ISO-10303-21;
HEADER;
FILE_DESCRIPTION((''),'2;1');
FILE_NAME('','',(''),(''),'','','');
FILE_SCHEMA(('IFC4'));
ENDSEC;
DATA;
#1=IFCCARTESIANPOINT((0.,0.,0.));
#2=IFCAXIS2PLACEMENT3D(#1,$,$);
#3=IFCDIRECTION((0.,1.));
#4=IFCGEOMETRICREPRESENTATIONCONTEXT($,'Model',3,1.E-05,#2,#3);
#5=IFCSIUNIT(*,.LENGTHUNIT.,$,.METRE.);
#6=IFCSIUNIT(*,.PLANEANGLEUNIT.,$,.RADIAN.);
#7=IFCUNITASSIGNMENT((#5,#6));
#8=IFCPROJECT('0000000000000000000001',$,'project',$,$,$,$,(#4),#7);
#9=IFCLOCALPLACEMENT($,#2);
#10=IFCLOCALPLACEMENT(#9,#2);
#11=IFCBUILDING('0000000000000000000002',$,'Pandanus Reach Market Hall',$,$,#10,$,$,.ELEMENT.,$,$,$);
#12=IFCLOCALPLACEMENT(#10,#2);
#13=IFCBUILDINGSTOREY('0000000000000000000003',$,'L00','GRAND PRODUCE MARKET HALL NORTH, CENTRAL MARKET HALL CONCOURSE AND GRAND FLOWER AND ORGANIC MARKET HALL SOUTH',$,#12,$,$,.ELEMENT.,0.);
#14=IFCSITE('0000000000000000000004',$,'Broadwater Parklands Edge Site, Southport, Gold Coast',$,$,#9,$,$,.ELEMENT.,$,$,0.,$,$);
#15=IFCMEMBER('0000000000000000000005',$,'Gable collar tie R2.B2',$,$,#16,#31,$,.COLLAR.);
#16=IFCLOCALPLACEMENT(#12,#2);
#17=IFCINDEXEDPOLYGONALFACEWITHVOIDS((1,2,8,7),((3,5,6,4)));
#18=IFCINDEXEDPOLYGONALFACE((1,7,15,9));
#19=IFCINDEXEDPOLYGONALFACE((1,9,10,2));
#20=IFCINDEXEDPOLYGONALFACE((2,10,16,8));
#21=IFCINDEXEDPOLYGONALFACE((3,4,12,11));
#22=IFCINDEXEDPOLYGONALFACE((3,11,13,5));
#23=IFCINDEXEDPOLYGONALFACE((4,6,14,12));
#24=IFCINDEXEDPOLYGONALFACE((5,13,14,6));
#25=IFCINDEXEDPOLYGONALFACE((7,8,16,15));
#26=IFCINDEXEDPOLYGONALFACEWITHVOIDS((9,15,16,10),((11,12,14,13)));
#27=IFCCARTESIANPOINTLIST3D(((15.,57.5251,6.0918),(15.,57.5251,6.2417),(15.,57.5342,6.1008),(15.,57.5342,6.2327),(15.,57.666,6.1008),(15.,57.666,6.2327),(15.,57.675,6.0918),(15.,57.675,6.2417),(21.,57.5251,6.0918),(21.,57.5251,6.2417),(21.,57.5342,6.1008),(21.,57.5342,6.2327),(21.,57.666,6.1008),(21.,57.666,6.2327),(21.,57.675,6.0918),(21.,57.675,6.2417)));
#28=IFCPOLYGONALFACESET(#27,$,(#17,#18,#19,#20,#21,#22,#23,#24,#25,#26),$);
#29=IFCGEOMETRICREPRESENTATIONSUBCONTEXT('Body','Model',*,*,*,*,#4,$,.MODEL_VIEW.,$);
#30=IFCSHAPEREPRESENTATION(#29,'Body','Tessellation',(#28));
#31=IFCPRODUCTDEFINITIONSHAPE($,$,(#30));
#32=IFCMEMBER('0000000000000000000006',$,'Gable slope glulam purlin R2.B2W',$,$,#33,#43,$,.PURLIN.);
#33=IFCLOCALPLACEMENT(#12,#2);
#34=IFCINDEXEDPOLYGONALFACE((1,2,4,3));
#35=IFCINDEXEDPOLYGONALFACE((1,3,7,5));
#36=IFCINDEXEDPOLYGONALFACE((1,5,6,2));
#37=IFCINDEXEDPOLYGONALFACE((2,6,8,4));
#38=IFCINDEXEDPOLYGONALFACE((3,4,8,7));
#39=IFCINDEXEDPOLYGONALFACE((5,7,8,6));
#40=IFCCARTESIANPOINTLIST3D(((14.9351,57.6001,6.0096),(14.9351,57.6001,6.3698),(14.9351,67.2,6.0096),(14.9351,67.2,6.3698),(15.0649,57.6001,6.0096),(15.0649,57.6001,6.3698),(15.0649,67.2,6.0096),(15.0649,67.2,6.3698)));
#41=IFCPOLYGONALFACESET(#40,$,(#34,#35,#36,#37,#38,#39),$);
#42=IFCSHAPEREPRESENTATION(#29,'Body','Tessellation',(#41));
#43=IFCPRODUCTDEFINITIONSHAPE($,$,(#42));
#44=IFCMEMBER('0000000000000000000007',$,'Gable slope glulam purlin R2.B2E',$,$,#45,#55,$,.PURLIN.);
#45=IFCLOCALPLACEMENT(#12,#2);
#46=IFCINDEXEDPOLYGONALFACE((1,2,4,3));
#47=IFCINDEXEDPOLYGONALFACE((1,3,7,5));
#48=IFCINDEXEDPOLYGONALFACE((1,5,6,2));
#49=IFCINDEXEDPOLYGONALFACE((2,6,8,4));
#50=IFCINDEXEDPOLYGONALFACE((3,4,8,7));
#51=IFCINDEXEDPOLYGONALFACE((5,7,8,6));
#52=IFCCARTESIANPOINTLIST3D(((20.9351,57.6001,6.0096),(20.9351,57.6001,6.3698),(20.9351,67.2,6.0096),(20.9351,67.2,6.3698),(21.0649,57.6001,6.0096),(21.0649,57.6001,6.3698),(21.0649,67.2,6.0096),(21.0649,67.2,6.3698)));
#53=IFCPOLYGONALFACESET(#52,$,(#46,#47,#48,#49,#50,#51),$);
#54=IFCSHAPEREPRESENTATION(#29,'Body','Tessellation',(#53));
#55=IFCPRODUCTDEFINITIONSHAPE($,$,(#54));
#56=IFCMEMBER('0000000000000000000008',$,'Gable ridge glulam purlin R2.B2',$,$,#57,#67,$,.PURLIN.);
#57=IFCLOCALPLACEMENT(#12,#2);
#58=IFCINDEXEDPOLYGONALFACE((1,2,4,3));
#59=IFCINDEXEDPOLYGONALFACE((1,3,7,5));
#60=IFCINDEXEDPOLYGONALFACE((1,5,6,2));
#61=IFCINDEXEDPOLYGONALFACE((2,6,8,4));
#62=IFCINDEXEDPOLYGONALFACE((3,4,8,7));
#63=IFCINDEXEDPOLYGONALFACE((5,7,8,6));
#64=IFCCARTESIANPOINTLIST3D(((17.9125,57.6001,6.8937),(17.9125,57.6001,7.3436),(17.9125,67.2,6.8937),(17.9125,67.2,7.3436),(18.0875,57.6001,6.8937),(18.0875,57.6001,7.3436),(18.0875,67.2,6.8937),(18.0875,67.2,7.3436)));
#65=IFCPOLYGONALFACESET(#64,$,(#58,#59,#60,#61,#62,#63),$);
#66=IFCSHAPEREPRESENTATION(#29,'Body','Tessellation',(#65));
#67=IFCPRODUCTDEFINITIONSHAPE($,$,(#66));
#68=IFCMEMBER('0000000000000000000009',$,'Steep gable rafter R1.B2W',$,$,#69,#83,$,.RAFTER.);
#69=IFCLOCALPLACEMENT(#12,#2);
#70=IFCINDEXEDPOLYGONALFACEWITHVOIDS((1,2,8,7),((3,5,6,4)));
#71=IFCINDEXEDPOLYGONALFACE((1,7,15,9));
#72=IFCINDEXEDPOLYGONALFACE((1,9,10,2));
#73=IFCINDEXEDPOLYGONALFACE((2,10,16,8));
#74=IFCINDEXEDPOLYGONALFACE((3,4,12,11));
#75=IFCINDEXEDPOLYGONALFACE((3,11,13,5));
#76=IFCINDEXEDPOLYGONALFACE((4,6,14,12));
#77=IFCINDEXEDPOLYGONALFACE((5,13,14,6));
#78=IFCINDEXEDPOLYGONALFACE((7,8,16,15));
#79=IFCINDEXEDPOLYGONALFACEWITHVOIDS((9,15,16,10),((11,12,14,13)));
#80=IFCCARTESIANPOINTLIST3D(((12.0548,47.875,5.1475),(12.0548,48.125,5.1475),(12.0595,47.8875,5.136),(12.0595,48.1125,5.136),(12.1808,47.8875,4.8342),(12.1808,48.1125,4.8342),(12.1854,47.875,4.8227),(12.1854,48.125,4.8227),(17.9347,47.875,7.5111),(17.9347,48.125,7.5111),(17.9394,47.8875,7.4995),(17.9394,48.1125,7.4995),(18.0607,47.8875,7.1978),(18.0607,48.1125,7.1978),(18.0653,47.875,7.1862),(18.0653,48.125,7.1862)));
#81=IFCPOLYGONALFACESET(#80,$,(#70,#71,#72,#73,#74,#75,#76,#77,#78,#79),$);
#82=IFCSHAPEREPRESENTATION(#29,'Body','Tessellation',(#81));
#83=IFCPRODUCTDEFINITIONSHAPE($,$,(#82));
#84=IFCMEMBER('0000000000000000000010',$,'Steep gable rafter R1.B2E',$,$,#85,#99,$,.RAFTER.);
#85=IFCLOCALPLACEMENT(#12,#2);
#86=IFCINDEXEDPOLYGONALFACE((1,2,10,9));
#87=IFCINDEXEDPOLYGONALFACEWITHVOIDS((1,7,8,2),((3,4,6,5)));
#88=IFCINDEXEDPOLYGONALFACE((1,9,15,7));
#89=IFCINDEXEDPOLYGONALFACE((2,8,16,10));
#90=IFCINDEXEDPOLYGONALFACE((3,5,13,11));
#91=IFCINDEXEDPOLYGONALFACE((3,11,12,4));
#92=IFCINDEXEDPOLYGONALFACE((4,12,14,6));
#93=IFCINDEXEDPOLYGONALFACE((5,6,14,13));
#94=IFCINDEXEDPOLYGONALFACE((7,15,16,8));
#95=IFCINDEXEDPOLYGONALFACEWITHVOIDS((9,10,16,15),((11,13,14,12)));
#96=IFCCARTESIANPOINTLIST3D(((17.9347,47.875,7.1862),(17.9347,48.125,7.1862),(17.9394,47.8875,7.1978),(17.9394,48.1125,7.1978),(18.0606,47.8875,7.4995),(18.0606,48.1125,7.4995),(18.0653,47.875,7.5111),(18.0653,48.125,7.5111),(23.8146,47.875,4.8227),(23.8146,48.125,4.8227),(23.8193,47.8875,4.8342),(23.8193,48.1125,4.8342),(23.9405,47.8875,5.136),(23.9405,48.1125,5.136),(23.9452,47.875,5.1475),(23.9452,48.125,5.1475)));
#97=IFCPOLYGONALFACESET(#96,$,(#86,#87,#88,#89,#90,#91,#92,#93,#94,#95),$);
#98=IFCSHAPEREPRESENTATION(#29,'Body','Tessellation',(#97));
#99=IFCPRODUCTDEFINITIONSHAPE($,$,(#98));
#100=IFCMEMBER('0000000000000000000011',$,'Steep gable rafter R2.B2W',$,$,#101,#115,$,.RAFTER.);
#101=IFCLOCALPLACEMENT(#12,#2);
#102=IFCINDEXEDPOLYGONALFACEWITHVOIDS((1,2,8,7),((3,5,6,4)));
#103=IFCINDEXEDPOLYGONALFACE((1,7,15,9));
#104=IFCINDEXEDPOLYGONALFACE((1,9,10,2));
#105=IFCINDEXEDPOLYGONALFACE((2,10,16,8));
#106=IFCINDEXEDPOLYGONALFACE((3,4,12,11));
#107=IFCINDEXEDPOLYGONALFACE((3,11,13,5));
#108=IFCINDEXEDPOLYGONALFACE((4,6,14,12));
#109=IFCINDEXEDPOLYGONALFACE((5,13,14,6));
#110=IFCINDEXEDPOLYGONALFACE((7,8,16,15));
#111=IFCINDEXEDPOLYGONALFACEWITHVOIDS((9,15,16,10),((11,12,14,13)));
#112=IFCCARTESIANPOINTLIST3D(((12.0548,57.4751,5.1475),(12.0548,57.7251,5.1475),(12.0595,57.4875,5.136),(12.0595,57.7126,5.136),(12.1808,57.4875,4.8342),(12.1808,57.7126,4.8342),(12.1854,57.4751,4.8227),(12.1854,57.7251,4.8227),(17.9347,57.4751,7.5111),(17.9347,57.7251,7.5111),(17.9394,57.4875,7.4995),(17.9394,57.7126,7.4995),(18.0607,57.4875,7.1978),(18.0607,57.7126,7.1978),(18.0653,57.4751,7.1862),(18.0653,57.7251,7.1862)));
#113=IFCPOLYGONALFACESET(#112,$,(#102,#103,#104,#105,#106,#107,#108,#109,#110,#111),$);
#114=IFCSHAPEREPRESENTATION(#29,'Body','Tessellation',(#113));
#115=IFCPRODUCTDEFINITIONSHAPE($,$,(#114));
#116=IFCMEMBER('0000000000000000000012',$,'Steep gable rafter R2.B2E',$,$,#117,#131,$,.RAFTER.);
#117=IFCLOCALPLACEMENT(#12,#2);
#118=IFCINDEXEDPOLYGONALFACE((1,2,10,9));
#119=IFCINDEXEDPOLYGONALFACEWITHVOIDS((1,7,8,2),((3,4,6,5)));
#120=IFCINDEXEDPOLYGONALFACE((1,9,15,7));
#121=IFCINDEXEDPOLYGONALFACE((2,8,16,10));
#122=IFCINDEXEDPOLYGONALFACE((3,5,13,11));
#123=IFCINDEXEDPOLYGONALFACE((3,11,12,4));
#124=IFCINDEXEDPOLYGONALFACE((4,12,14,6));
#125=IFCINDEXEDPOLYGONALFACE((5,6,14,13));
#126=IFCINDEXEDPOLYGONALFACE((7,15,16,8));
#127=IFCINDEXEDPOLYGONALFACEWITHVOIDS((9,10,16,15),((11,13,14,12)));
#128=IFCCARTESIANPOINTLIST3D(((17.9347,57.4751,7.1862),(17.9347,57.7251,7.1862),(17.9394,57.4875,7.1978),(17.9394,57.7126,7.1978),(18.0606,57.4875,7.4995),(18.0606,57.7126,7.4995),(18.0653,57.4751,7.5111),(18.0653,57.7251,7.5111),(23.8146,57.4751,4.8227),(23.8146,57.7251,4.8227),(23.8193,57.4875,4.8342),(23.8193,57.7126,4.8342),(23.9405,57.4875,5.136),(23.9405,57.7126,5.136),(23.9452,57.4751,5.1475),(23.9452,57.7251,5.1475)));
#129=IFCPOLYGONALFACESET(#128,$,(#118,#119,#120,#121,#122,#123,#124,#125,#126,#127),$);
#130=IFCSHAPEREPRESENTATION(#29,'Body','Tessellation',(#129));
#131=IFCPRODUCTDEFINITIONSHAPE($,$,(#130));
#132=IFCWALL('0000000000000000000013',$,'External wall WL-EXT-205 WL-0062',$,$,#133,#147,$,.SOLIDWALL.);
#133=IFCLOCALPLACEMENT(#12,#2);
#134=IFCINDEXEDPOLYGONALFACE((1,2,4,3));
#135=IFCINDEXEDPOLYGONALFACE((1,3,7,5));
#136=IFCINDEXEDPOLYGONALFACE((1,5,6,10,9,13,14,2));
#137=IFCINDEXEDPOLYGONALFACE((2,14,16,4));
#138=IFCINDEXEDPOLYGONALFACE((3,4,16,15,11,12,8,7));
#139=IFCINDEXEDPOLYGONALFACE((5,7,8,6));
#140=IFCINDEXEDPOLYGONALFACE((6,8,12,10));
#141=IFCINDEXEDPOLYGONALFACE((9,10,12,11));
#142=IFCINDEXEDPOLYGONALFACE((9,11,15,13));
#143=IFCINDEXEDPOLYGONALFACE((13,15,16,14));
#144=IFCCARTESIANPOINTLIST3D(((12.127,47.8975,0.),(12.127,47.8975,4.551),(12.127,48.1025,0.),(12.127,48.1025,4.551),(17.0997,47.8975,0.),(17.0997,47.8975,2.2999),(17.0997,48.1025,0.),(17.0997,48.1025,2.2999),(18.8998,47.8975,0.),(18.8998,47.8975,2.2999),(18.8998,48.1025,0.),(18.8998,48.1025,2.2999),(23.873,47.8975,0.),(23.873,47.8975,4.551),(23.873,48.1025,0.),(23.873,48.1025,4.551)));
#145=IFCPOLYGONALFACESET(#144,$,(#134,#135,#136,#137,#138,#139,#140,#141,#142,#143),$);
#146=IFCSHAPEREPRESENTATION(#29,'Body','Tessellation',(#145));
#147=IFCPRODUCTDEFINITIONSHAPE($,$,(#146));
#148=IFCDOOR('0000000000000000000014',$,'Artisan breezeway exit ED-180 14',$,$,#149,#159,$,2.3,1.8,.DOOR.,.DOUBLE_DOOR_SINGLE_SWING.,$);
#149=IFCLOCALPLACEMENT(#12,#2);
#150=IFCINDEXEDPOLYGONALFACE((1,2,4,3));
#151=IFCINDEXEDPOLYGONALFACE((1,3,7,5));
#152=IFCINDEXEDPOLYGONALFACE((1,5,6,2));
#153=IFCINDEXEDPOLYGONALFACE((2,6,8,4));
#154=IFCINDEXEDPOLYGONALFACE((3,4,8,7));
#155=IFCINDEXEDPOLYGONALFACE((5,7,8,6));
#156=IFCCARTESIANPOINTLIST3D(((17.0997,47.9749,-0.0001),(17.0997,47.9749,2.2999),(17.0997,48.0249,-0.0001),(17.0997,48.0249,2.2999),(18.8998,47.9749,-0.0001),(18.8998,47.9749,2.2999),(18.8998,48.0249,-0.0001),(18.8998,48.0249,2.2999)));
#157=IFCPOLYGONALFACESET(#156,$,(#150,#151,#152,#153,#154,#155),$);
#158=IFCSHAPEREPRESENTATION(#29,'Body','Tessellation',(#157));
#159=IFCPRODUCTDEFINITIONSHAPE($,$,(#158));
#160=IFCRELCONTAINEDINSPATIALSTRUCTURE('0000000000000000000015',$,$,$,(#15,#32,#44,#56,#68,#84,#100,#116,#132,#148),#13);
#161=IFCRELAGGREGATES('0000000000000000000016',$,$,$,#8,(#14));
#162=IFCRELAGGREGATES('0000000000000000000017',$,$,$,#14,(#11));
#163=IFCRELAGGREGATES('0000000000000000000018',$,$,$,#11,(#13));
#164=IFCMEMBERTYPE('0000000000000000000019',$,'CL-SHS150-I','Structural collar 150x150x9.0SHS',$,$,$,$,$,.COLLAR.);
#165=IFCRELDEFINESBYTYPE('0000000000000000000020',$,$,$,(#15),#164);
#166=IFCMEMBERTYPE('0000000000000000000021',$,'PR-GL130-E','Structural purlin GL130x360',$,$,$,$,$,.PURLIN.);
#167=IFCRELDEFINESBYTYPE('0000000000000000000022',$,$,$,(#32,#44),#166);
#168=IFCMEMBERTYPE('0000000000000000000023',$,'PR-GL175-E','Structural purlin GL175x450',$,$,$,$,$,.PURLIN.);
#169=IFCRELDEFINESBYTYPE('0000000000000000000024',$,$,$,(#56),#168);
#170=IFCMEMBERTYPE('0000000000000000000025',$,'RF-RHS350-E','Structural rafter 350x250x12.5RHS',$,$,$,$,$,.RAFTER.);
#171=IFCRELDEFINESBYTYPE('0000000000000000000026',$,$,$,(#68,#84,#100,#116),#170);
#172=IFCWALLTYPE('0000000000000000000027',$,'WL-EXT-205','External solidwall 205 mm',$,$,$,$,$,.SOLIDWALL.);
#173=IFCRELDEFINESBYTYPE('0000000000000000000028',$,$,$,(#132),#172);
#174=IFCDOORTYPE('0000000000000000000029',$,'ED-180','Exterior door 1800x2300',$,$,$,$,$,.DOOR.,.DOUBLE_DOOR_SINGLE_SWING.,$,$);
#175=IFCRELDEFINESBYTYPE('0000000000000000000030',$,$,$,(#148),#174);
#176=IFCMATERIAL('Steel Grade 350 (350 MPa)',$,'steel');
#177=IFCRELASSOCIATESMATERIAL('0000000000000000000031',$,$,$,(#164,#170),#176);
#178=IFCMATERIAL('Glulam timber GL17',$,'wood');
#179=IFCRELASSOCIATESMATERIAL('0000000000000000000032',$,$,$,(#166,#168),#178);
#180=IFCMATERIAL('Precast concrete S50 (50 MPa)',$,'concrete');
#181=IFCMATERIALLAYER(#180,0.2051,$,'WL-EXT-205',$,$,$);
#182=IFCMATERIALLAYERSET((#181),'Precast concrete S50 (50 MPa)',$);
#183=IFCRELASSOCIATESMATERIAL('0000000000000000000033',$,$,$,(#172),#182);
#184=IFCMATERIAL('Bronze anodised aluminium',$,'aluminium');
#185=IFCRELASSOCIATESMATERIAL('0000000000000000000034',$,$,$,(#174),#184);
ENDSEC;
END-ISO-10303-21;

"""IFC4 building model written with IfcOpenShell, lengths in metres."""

from ifc_helpers import new_model, si_unit, direction, frame, frame_2d, origin, origin_2d, place, context, subcontext, project, spatial, rectangle, hollow_rectangle, extrude, material, layer, layer_set, material_profile, profile_set, type_object, element, fill, save


model = new_model("IFC4")

# Units and contexts
model_context = context("Model", 3, precision=1e-05, world=origin(), true_north=direction((0.0, 1.0)))
body_context = subcontext(model_context, "Body", "Model", "MODEL_VIEW")
ifc_project = project(units=[si_unit("LENGTHUNIT", "METRE"), si_unit("PLANEANGLEUNIT", "RADIAN")], contexts=[model_context])

# Site, building, storey
site_placement = place(None, origin())
site = spatial("IfcSite", under=ifc_project, at=site_placement, Name="Broadwater Parklands Edge Site, Southport, Gold Coast", CompositionType="ELEMENT", RefElevation=0.0)
building_placement = place(site_placement, origin())
building = spatial("IfcBuilding", under=site, at=building_placement, Name="Pandanus Reach Market Hall", CompositionType="ELEMENT")
storey_placement = place(building_placement, origin())
storey = spatial("IfcBuildingStorey", under=building, at=storey_placement, Name="L00", Description="GRAND PRODUCE MARKET HALL NORTH, CENTRAL MARKET HALL CONCOURSE AND GRAND FLOWER AND ORGANIC MARKET HALL SOUTH", CompositionType="ELEMENT", Elevation=0.0)

# Shared definitions
ifc_material_1 = material(Name="Steel Grade 350 (350 MPa)", Category="steel")

# Members
ifc_material_profile_1 = material_profile(ifc_material_1, hollow_rectangle(XDim=0.1499, YDim=0.1499, WallThickness=0.009, at=origin_2d()), Name="150x150x9.0SHS", Category="LoadBearing")
ifc_profile_set_1 = profile_set([ifc_material_profile_1], Name="Steel Grade 350 (350 MPa)")
member_type_1 = type_object("IfcMemberType", Name="CL-SHS150-I", Description="Structural collar 150x150x9.0SHS", PredefinedType="COLLAR", material=ifc_profile_set_1)
for number, where, z_axis, x_axis, name in (
    (1, (15.0, 57.6001, 6.1667), (1.0, 0.0, 0.0), (0.0, 1.0, 0.0), "Gable collar tie R2.B2"),
):
    element("IfcMember", number, at=place(storey_placement, frame(where, z_axis=z_axis, x_axis=x_axis)), inside=storey, type_object=member_type_1, Name=name, PredefinedType="COLLAR", context=body_context, shape_type="SweptSolid", body=[
        extrude(hollow_rectangle(XDim=0.1499, YDim=0.1499, WallThickness=0.009, at=origin_2d()), origin(), (0.0, 0.0, 1.0), 6.0),
    ])
ifc_material_2 = material(Name="Glulam timber GL17", Category="wood")
ifc_material_profile_2 = material_profile(ifc_material_2, rectangle(XDim=0.1299, YDim=0.3601, at=origin_2d()), Name="GL130x360", Category="LoadBearing")
ifc_profile_set_2 = profile_set([ifc_material_profile_2], Name="Glulam timber GL17")
member_type_2 = type_object("IfcMemberType", Name="PR-GL130-E", Description="Structural purlin GL130x360", PredefinedType="PURLIN", material=ifc_profile_set_2)
for number, where, z_axis, x_axis, name in (
    (2, (15.0, 57.6001, 6.1897), (0.0, 1.0, 0.0), (-1.0, 0.0, 0.0), "Gable slope glulam purlin R2.B2W"),
    (3, (21.0, 57.6001, 6.1897), (0.0, 1.0, 0.0), (-1.0, 0.0, 0.0), "Gable slope glulam purlin R2.B2E"),
):
    element("IfcMember", number, at=place(storey_placement, frame(where, z_axis=z_axis, x_axis=x_axis)), inside=storey, type_object=member_type_2, Name=name, PredefinedType="PURLIN", context=body_context, shape_type="SweptSolid", body=[
        extrude(rectangle(XDim=0.1299, YDim=0.3601, at=origin_2d()), origin(), (0.0, 0.0, 1.0), 9.5999),
    ])
ifc_material_profile_3 = material_profile(ifc_material_2, rectangle(XDim=0.175, YDim=0.45, at=origin_2d()), Name="GL175x450", Category="LoadBearing")
ifc_profile_set_3 = profile_set([ifc_material_profile_3], Name="Glulam timber GL17")
member_type_3 = type_object("IfcMemberType", Name="PR-GL175-E", Description="Structural purlin GL175x450", PredefinedType="PURLIN", material=ifc_profile_set_3)
member_placement = place(storey_placement, frame((18.0, 57.6001, 7.1187), z_axis=(0.0, 1.0, 0.0), x_axis=(-1.0, 0.0, 0.0)))
element("IfcMember", 4, at=member_placement, inside=storey, type_object=member_type_3, Name="Gable ridge glulam purlin R2.B2", PredefinedType="PURLIN", context=body_context, shape_type="SweptSolid", body=[
    extrude(rectangle(XDim=0.175, YDim=0.45, at=origin_2d()), origin(), (0.0, 0.0, 1.0), 9.5999),
])
ifc_material_profile_4 = material_profile(ifc_material_1, hollow_rectangle(XDim=0.25, YDim=0.3501, WallThickness=0.0125, at=origin_2d()), Name="350x250x12.5RHS", Category="LoadBearing")
ifc_profile_set_4 = profile_set([ifc_material_profile_4], Name="Steel Grade 350 (350 MPa)")
member_type_4 = type_object("IfcMemberType", Name="RF-RHS350-E", Description="Structural rafter 350x250x12.5RHS", PredefinedType="RAFTER", material=ifc_profile_set_4)
for number, where, z_axis, x_axis, name in (
    (5, (12.1201, 48.0, 4.9851), (0.927846, 0.0, 0.372964), (0.0, 1.0, 0.0), "Steep gable rafter R1.B2W"),
    (6, (18.0, 48.0, 7.3486), (0.927846, 0.0, -0.372964), (0.0, 1.0, 0.0), "Steep gable rafter R1.B2E"),
    (7, (12.1201, 57.6001, 4.9851), (0.927846, 0.0, 0.372964), (0.0, 1.0, 0.0), "Steep gable rafter R2.B2W"),
    (8, (18.0, 57.6001, 7.3486), (0.927846, 0.0, -0.372964), (0.0, 1.0, 0.0), "Steep gable rafter R2.B2E"),
):
    element("IfcMember", number, at=place(storey_placement, frame(where, z_axis=z_axis, x_axis=x_axis)), inside=storey, type_object=member_type_4, Name=name, PredefinedType="RAFTER", context=body_context, shape_type="SweptSolid", body=[
        extrude(hollow_rectangle(XDim=0.25, YDim=0.3501, WallThickness=0.0125, at=origin_2d()), origin(), (0.0, 0.0, 1.0), 6.3372),
    ])

# Wall, opening, door
ifc_material_3 = material(Name="Precast concrete S50 (50 MPa)", Category="concrete")
ifc_layer_1 = layer(ifc_material_3, 0.2051, Name="WL-EXT-205")
ifc_layer_set_1 = layer_set([ifc_layer_1], Name="Precast concrete S50 (50 MPa)")
wall_type_1 = type_object("IfcWallType", Name="WL-EXT-205", Description="External solidwall 205 mm", PredefinedType="SOLIDWALL", material=ifc_layer_set_1)
wall_1_placement = place(storey_placement, frame((12.127, 48.0, 0.0), z_axis=(0.0, 0.0, 1.0), x_axis=(1.0, 0.0, 0.0)))
wall_1 = element("IfcWall", 9, at=wall_1_placement, inside=storey, type_object=wall_type_1, Name="External wall WL-EXT-205 WL-0062", PredefinedType="SOLIDWALL", context=body_context, shape_type="SweptSolid", body=[
    extrude(rectangle(XDim=11.7461, YDim=0.2051, at=frame_2d((5.873, 0.0))), origin(), (0.0, 0.0, 1.0), 4.551),
])
opening_1_placement = place(wall_1_placement, frame((4.9729, 0.0, 0.0)))
opening_1 = element("IfcOpeningElement", 10, at=opening_1_placement, cuts=wall_1, PredefinedType="OPENING", context=body_context, shape_type="SweptSolid", body=[
    extrude(rectangle(XDim=1.8, YDim=2.3, at=frame_2d((0.8999, 1.1499))), frame((0.0, 0.1174, 0.0), z_axis=(0.0, -1.0, 0.0), x_axis=(1.0, 0.0, 0.0)), (0.0, 0.0, 1.0), 0.2351),
])
ifc_material_4 = material(Name="Bronze anodised aluminium", Category="aluminium")
door_type_1 = type_object("IfcDoorType", Name="ED-180", Description="Exterior door 1800x2300", OperationType="DOUBLE_DOOR_SINGLE_SWING", PredefinedType="DOOR", material=ifc_material_4)
door_1_placement = place(opening_1_placement, origin())
door_1 = element("IfcDoor", 11, at=door_1_placement, inside=storey, type_object=door_type_1, Name="Artisan breezeway exit ED-180 14", OperationType="DOUBLE_DOOR_SINGLE_SWING", OverallHeight=2.3, OverallWidth=1.8, PredefinedType="DOOR", context=body_context, shape_type="SweptSolid", body=[
    extrude(rectangle(XDim=1.8, YDim=2.3, at=frame_2d((0.8999, 1.1499))), frame((0.0, 0.0249, 0.0), z_axis=(0.0, -1.0, 0.0), x_axis=(1.0, 0.0, 0.0)), (0.0, 0.0, 1.0), 0.05),
])
fill(opening_1, door_1)

save(model, "model.ifc")
